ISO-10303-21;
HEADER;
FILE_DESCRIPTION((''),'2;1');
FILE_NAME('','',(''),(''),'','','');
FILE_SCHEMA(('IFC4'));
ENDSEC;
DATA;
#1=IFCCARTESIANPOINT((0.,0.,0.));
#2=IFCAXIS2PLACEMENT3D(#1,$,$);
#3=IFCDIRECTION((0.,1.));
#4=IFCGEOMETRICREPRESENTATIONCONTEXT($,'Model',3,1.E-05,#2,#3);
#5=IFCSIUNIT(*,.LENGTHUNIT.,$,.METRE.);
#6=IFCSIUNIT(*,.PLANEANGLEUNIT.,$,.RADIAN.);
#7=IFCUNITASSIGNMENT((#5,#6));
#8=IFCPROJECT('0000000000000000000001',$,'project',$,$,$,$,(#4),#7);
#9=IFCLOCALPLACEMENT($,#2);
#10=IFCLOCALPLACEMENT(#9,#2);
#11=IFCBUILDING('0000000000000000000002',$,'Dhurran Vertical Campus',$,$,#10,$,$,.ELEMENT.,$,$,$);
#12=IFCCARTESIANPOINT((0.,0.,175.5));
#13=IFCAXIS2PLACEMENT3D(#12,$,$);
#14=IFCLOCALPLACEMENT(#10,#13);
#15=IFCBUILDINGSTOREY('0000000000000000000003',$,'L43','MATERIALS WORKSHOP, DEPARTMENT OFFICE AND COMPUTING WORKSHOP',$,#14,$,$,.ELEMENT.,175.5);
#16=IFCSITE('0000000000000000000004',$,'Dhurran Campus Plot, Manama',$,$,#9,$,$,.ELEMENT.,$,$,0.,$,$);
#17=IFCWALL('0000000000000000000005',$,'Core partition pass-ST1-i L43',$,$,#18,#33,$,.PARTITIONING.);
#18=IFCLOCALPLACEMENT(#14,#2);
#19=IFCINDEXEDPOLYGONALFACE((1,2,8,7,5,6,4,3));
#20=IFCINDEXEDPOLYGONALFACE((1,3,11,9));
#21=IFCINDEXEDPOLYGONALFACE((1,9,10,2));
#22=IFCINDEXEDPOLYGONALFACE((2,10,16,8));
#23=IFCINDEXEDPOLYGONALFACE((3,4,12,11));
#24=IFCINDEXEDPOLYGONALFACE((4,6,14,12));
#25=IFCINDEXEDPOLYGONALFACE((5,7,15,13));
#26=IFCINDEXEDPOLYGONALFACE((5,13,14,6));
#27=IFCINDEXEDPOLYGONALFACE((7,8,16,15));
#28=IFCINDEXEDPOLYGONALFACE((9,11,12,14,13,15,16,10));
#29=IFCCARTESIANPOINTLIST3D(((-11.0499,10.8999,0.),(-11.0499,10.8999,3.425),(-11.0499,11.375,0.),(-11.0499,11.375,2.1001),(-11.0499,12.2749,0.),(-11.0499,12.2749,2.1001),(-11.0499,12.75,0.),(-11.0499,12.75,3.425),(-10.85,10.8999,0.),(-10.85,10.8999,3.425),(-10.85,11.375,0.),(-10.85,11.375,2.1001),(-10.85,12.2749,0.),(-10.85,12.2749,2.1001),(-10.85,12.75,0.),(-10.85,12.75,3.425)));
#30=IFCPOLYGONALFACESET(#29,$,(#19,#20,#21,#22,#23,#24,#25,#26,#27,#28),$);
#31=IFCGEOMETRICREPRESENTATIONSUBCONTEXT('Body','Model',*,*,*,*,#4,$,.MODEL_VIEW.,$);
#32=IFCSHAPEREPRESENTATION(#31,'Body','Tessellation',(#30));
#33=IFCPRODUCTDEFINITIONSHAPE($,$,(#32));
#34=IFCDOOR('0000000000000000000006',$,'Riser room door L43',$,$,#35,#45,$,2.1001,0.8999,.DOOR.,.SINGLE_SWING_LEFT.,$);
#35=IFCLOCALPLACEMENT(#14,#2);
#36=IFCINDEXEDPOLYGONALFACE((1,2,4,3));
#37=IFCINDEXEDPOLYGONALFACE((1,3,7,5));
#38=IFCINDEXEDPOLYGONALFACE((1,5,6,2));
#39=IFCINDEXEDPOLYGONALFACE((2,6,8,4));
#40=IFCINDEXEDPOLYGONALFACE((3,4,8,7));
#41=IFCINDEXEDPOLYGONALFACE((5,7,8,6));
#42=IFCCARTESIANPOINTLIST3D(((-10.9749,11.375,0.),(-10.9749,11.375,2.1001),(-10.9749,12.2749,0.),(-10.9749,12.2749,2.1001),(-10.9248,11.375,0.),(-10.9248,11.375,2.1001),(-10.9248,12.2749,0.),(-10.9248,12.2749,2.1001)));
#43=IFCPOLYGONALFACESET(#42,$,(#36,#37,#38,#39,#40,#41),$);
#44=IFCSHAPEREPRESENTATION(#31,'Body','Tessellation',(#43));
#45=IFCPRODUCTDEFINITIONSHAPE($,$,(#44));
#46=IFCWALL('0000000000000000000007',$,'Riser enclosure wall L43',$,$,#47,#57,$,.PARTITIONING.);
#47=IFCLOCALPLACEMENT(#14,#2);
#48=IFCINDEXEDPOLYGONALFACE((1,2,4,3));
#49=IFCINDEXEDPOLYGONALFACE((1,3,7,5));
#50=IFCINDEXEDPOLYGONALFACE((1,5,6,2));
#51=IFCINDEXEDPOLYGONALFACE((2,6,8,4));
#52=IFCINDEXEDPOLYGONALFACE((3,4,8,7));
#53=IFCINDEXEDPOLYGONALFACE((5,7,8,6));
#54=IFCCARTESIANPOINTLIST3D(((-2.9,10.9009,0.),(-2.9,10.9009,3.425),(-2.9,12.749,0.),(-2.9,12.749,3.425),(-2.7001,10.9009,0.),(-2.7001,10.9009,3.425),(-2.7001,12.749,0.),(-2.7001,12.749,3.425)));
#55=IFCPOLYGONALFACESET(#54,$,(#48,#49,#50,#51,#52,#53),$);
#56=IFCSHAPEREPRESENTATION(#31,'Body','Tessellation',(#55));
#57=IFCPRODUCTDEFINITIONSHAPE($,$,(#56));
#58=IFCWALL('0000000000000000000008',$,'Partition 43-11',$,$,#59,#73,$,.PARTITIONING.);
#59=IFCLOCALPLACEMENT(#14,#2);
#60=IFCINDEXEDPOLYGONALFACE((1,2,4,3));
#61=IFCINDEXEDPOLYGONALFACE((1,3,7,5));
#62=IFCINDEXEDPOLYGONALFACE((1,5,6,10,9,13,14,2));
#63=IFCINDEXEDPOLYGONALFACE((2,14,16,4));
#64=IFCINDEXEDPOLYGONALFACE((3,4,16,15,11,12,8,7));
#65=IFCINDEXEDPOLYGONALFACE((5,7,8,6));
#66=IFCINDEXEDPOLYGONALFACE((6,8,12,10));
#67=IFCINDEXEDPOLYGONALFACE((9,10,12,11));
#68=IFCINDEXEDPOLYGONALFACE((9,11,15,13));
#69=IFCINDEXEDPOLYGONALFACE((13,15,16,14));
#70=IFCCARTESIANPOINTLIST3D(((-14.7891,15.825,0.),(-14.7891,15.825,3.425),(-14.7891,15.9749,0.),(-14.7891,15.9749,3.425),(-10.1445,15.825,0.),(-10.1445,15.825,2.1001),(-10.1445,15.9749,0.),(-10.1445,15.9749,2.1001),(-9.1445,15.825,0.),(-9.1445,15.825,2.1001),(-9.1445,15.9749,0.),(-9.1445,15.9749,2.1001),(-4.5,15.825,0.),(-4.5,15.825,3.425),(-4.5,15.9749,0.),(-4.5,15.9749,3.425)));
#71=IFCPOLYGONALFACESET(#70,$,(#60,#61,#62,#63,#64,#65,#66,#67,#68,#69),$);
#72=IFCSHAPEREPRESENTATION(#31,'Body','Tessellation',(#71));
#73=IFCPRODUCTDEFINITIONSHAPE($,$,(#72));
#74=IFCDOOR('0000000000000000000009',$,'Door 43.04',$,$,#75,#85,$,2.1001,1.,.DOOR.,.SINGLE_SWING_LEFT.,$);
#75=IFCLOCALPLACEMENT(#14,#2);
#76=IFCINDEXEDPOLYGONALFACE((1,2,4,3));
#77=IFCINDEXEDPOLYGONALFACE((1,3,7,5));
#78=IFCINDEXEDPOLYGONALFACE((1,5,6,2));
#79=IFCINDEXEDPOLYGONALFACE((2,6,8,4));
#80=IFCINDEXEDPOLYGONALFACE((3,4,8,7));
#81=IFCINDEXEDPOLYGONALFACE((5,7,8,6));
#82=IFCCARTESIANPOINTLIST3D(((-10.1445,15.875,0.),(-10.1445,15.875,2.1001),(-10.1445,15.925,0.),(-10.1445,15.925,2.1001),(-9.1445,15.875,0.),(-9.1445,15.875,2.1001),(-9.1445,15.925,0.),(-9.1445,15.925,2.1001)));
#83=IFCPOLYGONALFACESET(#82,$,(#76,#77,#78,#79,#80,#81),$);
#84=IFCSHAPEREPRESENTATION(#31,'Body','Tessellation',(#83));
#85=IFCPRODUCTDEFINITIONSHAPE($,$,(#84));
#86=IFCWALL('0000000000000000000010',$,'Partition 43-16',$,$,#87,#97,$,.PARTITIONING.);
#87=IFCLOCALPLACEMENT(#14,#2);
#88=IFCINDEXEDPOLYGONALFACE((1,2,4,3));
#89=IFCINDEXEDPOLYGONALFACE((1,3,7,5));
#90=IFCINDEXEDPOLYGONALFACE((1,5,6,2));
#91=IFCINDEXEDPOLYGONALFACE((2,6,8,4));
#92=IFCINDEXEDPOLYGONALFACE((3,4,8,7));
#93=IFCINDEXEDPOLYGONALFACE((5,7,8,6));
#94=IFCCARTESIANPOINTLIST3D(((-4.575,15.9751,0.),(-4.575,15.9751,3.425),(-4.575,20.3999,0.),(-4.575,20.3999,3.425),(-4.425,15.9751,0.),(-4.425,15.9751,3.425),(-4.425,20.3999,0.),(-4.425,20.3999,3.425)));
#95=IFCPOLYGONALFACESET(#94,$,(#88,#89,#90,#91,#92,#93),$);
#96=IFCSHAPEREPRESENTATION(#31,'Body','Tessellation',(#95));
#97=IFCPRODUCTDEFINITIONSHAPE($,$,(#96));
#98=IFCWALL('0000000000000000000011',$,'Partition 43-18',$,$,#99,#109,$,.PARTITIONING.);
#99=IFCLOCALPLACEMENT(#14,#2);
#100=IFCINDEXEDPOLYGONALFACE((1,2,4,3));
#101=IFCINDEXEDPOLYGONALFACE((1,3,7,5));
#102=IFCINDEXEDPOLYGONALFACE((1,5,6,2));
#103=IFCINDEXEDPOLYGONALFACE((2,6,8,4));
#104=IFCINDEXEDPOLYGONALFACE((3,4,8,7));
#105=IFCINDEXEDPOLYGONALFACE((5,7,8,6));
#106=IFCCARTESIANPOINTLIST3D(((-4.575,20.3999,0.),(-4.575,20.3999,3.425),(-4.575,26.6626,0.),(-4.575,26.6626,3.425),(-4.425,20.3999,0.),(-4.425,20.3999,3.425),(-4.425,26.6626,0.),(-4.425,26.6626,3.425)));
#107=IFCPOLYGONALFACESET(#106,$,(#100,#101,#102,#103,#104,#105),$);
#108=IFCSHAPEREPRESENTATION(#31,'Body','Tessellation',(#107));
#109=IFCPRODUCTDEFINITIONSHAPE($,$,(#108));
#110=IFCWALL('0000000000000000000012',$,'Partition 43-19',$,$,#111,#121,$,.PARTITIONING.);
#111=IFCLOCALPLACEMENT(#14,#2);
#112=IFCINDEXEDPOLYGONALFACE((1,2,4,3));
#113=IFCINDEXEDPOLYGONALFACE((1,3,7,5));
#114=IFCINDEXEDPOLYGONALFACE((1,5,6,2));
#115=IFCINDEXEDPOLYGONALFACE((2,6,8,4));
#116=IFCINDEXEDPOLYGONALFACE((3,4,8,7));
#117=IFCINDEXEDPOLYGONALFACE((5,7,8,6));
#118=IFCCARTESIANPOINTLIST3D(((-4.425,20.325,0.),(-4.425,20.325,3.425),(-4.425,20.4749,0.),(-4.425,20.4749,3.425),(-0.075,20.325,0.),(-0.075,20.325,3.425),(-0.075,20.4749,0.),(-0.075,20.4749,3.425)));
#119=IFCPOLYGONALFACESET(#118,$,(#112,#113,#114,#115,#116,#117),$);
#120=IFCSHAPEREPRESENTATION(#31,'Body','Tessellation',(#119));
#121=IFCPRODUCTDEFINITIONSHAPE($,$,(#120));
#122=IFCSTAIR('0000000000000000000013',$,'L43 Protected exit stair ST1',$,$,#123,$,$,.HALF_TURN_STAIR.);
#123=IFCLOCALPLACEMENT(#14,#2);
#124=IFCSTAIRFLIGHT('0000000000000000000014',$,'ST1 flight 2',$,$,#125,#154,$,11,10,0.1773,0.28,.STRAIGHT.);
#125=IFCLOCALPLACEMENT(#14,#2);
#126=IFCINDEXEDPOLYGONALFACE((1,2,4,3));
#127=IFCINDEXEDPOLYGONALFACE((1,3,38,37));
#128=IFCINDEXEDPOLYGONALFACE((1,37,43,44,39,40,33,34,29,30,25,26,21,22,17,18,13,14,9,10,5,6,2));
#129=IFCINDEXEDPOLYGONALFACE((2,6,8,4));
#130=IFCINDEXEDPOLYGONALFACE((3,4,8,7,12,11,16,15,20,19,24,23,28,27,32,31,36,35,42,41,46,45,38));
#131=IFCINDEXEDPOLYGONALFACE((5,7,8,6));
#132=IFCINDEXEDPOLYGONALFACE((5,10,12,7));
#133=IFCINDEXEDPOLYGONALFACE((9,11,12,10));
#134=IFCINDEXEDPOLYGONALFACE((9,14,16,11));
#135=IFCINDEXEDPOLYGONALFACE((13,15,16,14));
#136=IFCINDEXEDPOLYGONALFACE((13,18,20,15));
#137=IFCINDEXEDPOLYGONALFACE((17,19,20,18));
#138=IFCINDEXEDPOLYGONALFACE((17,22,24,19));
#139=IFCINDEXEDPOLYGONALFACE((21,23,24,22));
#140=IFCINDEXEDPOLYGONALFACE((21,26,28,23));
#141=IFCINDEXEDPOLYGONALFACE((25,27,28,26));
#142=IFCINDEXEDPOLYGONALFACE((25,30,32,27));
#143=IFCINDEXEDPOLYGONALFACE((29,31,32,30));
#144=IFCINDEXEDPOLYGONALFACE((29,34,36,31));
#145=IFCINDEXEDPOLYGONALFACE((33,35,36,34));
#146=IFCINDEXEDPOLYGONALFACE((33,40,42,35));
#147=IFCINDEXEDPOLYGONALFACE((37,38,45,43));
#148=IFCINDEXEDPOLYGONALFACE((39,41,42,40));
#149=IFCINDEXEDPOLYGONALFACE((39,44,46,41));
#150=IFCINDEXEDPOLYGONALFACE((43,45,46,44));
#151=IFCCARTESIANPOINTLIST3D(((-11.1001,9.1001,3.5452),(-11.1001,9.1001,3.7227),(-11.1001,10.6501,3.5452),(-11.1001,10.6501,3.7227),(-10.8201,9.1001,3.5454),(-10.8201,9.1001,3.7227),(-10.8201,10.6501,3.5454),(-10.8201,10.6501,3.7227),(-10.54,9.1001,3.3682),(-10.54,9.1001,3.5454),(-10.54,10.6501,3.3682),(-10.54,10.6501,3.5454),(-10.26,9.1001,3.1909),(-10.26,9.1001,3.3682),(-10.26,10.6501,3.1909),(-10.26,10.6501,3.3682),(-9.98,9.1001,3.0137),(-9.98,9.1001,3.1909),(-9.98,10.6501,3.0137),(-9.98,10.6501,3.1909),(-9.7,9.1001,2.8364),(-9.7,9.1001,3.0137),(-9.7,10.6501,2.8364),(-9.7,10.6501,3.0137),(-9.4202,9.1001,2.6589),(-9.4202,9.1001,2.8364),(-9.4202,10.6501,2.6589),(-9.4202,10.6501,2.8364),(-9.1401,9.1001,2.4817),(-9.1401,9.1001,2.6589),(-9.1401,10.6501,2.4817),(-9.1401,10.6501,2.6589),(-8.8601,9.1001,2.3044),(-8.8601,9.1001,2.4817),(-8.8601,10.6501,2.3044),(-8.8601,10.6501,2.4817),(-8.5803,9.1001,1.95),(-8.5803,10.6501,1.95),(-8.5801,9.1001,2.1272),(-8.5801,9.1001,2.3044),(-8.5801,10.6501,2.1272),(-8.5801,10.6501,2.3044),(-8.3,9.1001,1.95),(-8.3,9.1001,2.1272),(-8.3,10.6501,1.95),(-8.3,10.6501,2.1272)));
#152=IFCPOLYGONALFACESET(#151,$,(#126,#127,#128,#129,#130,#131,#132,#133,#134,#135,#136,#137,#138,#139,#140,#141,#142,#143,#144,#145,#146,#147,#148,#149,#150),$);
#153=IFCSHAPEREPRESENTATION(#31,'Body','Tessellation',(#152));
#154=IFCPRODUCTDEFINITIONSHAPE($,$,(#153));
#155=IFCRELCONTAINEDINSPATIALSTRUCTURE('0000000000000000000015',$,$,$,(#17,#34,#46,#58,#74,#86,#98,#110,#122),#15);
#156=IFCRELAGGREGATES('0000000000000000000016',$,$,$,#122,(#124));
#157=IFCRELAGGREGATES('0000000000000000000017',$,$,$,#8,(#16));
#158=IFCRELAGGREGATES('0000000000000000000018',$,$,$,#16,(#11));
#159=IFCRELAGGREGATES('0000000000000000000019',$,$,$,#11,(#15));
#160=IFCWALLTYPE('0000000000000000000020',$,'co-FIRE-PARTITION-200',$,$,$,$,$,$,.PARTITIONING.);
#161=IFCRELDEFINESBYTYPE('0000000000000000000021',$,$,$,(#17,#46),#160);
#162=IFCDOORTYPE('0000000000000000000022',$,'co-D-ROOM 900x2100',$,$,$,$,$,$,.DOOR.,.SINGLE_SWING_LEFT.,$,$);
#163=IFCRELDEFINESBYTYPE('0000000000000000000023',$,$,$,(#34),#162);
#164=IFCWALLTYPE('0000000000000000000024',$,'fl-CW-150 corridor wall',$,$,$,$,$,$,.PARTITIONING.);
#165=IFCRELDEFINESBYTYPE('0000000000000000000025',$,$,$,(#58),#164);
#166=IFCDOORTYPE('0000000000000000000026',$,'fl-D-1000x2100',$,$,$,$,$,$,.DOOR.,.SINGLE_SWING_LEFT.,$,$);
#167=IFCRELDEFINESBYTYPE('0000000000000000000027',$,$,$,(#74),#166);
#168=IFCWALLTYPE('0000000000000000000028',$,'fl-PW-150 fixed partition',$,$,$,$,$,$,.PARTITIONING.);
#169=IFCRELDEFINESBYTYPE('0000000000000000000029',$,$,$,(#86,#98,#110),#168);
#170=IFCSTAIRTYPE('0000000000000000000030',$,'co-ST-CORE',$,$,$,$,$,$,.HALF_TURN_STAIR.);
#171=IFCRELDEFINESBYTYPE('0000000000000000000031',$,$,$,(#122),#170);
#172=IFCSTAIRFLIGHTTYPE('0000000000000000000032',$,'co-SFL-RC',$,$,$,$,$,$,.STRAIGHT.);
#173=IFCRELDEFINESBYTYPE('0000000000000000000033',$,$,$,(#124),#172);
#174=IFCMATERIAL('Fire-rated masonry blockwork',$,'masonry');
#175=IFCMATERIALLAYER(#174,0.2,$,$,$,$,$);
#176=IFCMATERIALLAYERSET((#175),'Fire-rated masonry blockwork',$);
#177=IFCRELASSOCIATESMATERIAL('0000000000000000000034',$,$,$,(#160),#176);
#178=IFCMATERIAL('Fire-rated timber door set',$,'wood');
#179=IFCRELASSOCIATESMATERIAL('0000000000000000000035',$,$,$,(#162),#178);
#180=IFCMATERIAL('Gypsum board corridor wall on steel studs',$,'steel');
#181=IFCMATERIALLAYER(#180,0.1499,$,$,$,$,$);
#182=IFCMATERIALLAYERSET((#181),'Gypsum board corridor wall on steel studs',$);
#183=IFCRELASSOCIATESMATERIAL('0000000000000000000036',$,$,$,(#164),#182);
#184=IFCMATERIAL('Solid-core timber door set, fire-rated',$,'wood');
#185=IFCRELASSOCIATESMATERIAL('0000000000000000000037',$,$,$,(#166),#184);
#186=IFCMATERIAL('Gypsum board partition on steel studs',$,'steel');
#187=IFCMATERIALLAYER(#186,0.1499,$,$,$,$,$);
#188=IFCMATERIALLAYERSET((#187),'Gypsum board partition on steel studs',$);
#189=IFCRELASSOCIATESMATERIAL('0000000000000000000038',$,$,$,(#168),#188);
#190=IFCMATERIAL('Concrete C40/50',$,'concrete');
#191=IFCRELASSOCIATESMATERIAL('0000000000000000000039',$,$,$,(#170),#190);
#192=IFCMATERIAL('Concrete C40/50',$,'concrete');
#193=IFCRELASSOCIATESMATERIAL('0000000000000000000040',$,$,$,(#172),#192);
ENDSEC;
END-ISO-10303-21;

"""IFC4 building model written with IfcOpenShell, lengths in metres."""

from ifc_helpers import new_model, si_unit, direction, frame, frame_2d, origin, place, context, subcontext, project, spatial, polyline, rectangle, outline, extrude, material, layer, layer_set, type_object, element, fill, aggregate, save


model = new_model("IFC4")

# Units and contexts
model_context = context("Model", 3, precision=1e-05, world=origin(), true_north=direction((0.0, 1.0)))
body_context = subcontext(model_context, "Body", "Model", "MODEL_VIEW")
ifc_project = project(units=[si_unit("LENGTHUNIT", "METRE"), si_unit("PLANEANGLEUNIT", "RADIAN")], contexts=[model_context])

# Site, building, storey
site_placement = place(None, origin())
site = spatial("IfcSite", under=ifc_project, at=site_placement, Name="Dhurran Campus Plot, Manama", CompositionType="ELEMENT", RefElevation=0.0)
building_placement = place(site_placement, origin())
building = spatial("IfcBuilding", under=site, at=building_placement, Name="Dhurran Vertical Campus", CompositionType="ELEMENT")
storey_placement = place(building_placement, frame((0.0, 0.0, 175.5)))
storey = spatial("IfcBuildingStorey", under=building, at=storey_placement, Name="L43", Description="MATERIALS WORKSHOP, DEPARTMENT OFFICE AND COMPUTING WORKSHOP", CompositionType="ELEMENT", Elevation=175.5)

# Shared definitions
ifc_material_1 = material(Name="Fire-rated masonry blockwork", Category="masonry")
ifc_layer_1 = layer(ifc_material_1, 0.2)
ifc_layer_set_1 = layer_set([ifc_layer_1], Name="Fire-rated masonry blockwork")
wall_type_1 = type_object("IfcWallType", Name="co-FIRE-PARTITION-200", PredefinedType="PARTITIONING", material=ifc_layer_set_1)

# Wall, opening, door
wall_1_placement = place(storey_placement, frame((-10.95, 10.8999, 0.0), z_axis=(0.0, 0.0, 1.0), x_axis=(0.0, 1.0, 0.0)))
wall_1 = element("IfcWall", 1, at=wall_1_placement, inside=storey, type_object=wall_type_1, Name="Core partition pass-ST1-i L43", PredefinedType="PARTITIONING", context=body_context, shape_type="SweptSolid", body=[
    extrude(rectangle(XDim=1.8501, YDim=0.2, at=frame_2d((0.925, 0.0))), origin(), (0.0, 0.0, 1.0), 3.425),
])
opening_1_placement = place(wall_1_placement, frame((0.4751, 0.0, 0.0)))
opening_1 = element("IfcOpeningElement", 2, at=opening_1_placement, cuts=wall_1, PredefinedType="OPENING", context=body_context, shape_type="SweptSolid", body=[
    extrude(rectangle(XDim=0.8999, YDim=2.1001, at=frame_2d((0.45, 1.05))), frame((0.0, 0.1099, 0.0), z_axis=(0.0, -1.0, 0.0), x_axis=(1.0, 0.0, 0.0)), (0.0, 0.0, 1.0), 0.22),
])
ifc_material_2 = material(Name="Fire-rated timber door set", Category="wood")
door_type_1 = type_object("IfcDoorType", Name="co-D-ROOM 900x2100", OperationType="SINGLE_SWING_LEFT", PredefinedType="DOOR", material=ifc_material_2)
door_1_placement = place(opening_1_placement, origin())
door_1 = element("IfcDoor", 3, at=door_1_placement, inside=storey, type_object=door_type_1, Name="Riser room door L43", OperationType="SINGLE_SWING_LEFT", OverallHeight=2.1001, OverallWidth=0.8999, PredefinedType="DOOR", context=body_context, shape_type="SweptSolid", body=[
    extrude(rectangle(XDim=0.8999, YDim=2.1001, at=frame_2d((0.45, 1.05))), frame((0.0, 0.0249, 0.0), z_axis=(0.0, -1.0, 0.0), x_axis=(1.0, 0.0, 0.0)), (0.0, 0.0, 1.0), 0.05),
])
fill(opening_1, door_1)

# Wall
wall_2_placement = place(storey_placement, frame((-2.8, 10.9009, 0.0), z_axis=(0.0, 0.0, 1.0), x_axis=(0.0, 1.0, 0.0)))
element("IfcWall", 4, at=wall_2_placement, inside=storey, type_object=wall_type_1, Name="Riser enclosure wall L43", PredefinedType="PARTITIONING", context=body_context, shape_type="SweptSolid", body=[
    extrude(rectangle(XDim=1.8481, YDim=0.2, at=frame_2d((0.9241, 0.0))), origin(), (0.0, 0.0, 1.0), 3.425),
])

# Wall, opening, door
ifc_material_3 = material(Name="Gypsum board corridor wall on steel studs", Category="steel")
ifc_layer_2 = layer(ifc_material_3, 0.1499)
ifc_layer_set_2 = layer_set([ifc_layer_2], Name="Gypsum board corridor wall on steel studs")
wall_type_2 = type_object("IfcWallType", Name="fl-CW-150 corridor wall", PredefinedType="PARTITIONING", material=ifc_layer_set_2)
wall_3_placement = place(storey_placement, frame((-4.5, 15.8999, 0.0), z_axis=(0.0, 0.0, 1.0), x_axis=(-1.0, 0.0, 0.0)))
wall_3 = element("IfcWall", 5, at=wall_3_placement, inside=storey, type_object=wall_type_2, Name="Partition 43-11", PredefinedType="PARTITIONING", context=body_context, shape_type="SweptSolid", body=[
    extrude(rectangle(XDim=10.2891, YDim=0.1499, at=frame_2d((5.1445, 0.0))), origin(), (0.0, 0.0, 1.0), 3.425),
])
opening_2_placement = place(wall_3_placement, frame((4.6445, 0.0, 0.0)))
opening_2 = element("IfcOpeningElement", 6, at=opening_2_placement, cuts=wall_3, PredefinedType="OPENING", context=body_context, shape_type="SweptSolid", body=[
    extrude(rectangle(XDim=1.0, YDim=2.1001, at=frame_2d((0.5, 1.05))), frame((0.0, 0.085, 0.0), z_axis=(0.0, -1.0, 0.0), x_axis=(1.0, 0.0, 0.0)), (0.0, 0.0, 1.0), 0.1699),
])
ifc_material_4 = material(Name="Solid-core timber door set, fire-rated", Category="wood")
door_type_2 = type_object("IfcDoorType", Name="fl-D-1000x2100", OperationType="SINGLE_SWING_LEFT", PredefinedType="DOOR", material=ifc_material_4)
door_2_placement = place(opening_2_placement, origin())
door_2 = element("IfcDoor", 7, at=door_2_placement, inside=storey, type_object=door_type_2, Name="Door 43.04", OperationType="SINGLE_SWING_LEFT", OverallHeight=2.1001, OverallWidth=1.0, PredefinedType="DOOR", context=body_context, shape_type="SweptSolid", body=[
    extrude(rectangle(XDim=1.0, YDim=2.1001, at=frame_2d((0.5, 1.05))), frame((0.0, 0.0249, 0.0), z_axis=(0.0, -1.0, 0.0), x_axis=(1.0, 0.0, 0.0)), (0.0, 0.0, 1.0), 0.05),
])
fill(opening_2, door_2)

# Walls
ifc_material_5 = material(Name="Gypsum board partition on steel studs", Category="steel")
ifc_layer_3 = layer(ifc_material_5, 0.1499)
ifc_layer_set_3 = layer_set([ifc_layer_3], Name="Gypsum board partition on steel studs")
wall_type_3 = type_object("IfcWallType", Name="fl-PW-150 fixed partition", PredefinedType="PARTITIONING", material=ifc_layer_set_3)
wall_4_placement = place(storey_placement, frame((-4.5, 20.3999, 0.0), z_axis=(0.0, 0.0, 1.0), x_axis=(0.0, -1.0, 0.0)))
element("IfcWall", 8, at=wall_4_placement, inside=storey, type_object=wall_type_3, Name="Partition 43-16", PredefinedType="PARTITIONING", context=body_context, shape_type="SweptSolid", body=[
    extrude(rectangle(XDim=4.4248, YDim=0.1499, at=frame_2d((2.2124, 0.0))), origin(), (0.0, 0.0, 1.0), 3.425),
])
wall_5_placement = place(storey_placement, frame((-4.5, 26.6626, 0.0), z_axis=(0.0, 0.0, 1.0), x_axis=(0.0, -1.0, 0.0)))
element("IfcWall", 9, at=wall_5_placement, inside=storey, type_object=wall_type_3, Name="Partition 43-18", PredefinedType="PARTITIONING", context=body_context, shape_type="SweptSolid", body=[
    extrude(rectangle(XDim=6.2627, YDim=0.1499, at=frame_2d((3.1313, 0.0))), origin(), (0.0, 0.0, 1.0), 3.425),
])
wall_6_placement = place(storey_placement, frame((-4.425, 20.3999, 0.0), z_axis=(0.0, 0.0, 1.0), x_axis=(1.0, 0.0, 0.0)))
element("IfcWall", 10, at=wall_6_placement, inside=storey, type_object=wall_type_3, Name="Partition 43-19", PredefinedType="PARTITIONING", context=body_context, shape_type="SweptSolid", body=[
    extrude(rectangle(XDim=4.3501, YDim=0.1499, at=frame_2d((2.175, 0.0))), origin(), (0.0, 0.0, 1.0), 3.425),
])

# Stair, stair flight
ifc_material_6 = material(Name="Concrete C40/50", Category="concrete")
stair_type = type_object("IfcStairType", Name="co-ST-CORE", PredefinedType="HALF_TURN_STAIR", material=ifc_material_6)
stair_placement = place(storey_placement, origin())
stair = element("IfcStair", 11, at=stair_placement, inside=storey, type_object=stair_type, Name="L43 Protected exit stair ST1", PredefinedType="HALF_TURN_STAIR")
ifc_material_7 = material(Name="Concrete C40/50", Category="concrete")
stair_flight_type = type_object("IfcStairFlightType", Name="co-SFL-RC", PredefinedType="STRAIGHT", material=ifc_material_7)
stair_flight_placement = place(storey_placement, frame((-8.3, 9.875, 1.95), z_axis=(0.0, 0.0, 1.0), x_axis=(-1.0, 0.0, 0.0)))
stair_flight = element("IfcStairFlight", 12, at=stair_flight_placement, type_object=stair_flight_type, Name="ST1 flight 2", NumberOfRisers=11, NumberOfTreads=10, PredefinedType="STRAIGHT", RiserHeight=0.1773, TreadLength=0.28, context=body_context, shape_type="SweptSolid", body=[
    extrude(outline(polyline([(0.0, 0.0), (0.0, 0.1772), (0.28, 0.1772), (0.28, 0.3545), (0.5601, 0.3545), (0.5601, 0.5317), (0.8401, 0.5317), (0.8401, 0.709), (1.1201, 0.709), (1.1201, 0.8865), (1.3999, 0.8865), (1.3999, 1.0637), (1.6799, 1.0637), (1.6799, 1.241), (1.96, 1.241), (1.96, 1.4182), (2.24, 1.4182), (2.24, 1.5955), (2.52, 1.5955), (2.52, 1.7727), (2.8, 1.7727), (2.8, 1.95), (2.8, 1.5952), (0.2803, 0.0), (0.0, 0.0)])), frame((0.0, 0.7749, 0.0), z_axis=(0.0, -1.0, 0.0), x_axis=(1.0, 0.0, 0.0)), (0.0, 0.0, 1.0), 1.55),
])
aggregate(stair, [stair_flight])

save(model, "model.ifc")
